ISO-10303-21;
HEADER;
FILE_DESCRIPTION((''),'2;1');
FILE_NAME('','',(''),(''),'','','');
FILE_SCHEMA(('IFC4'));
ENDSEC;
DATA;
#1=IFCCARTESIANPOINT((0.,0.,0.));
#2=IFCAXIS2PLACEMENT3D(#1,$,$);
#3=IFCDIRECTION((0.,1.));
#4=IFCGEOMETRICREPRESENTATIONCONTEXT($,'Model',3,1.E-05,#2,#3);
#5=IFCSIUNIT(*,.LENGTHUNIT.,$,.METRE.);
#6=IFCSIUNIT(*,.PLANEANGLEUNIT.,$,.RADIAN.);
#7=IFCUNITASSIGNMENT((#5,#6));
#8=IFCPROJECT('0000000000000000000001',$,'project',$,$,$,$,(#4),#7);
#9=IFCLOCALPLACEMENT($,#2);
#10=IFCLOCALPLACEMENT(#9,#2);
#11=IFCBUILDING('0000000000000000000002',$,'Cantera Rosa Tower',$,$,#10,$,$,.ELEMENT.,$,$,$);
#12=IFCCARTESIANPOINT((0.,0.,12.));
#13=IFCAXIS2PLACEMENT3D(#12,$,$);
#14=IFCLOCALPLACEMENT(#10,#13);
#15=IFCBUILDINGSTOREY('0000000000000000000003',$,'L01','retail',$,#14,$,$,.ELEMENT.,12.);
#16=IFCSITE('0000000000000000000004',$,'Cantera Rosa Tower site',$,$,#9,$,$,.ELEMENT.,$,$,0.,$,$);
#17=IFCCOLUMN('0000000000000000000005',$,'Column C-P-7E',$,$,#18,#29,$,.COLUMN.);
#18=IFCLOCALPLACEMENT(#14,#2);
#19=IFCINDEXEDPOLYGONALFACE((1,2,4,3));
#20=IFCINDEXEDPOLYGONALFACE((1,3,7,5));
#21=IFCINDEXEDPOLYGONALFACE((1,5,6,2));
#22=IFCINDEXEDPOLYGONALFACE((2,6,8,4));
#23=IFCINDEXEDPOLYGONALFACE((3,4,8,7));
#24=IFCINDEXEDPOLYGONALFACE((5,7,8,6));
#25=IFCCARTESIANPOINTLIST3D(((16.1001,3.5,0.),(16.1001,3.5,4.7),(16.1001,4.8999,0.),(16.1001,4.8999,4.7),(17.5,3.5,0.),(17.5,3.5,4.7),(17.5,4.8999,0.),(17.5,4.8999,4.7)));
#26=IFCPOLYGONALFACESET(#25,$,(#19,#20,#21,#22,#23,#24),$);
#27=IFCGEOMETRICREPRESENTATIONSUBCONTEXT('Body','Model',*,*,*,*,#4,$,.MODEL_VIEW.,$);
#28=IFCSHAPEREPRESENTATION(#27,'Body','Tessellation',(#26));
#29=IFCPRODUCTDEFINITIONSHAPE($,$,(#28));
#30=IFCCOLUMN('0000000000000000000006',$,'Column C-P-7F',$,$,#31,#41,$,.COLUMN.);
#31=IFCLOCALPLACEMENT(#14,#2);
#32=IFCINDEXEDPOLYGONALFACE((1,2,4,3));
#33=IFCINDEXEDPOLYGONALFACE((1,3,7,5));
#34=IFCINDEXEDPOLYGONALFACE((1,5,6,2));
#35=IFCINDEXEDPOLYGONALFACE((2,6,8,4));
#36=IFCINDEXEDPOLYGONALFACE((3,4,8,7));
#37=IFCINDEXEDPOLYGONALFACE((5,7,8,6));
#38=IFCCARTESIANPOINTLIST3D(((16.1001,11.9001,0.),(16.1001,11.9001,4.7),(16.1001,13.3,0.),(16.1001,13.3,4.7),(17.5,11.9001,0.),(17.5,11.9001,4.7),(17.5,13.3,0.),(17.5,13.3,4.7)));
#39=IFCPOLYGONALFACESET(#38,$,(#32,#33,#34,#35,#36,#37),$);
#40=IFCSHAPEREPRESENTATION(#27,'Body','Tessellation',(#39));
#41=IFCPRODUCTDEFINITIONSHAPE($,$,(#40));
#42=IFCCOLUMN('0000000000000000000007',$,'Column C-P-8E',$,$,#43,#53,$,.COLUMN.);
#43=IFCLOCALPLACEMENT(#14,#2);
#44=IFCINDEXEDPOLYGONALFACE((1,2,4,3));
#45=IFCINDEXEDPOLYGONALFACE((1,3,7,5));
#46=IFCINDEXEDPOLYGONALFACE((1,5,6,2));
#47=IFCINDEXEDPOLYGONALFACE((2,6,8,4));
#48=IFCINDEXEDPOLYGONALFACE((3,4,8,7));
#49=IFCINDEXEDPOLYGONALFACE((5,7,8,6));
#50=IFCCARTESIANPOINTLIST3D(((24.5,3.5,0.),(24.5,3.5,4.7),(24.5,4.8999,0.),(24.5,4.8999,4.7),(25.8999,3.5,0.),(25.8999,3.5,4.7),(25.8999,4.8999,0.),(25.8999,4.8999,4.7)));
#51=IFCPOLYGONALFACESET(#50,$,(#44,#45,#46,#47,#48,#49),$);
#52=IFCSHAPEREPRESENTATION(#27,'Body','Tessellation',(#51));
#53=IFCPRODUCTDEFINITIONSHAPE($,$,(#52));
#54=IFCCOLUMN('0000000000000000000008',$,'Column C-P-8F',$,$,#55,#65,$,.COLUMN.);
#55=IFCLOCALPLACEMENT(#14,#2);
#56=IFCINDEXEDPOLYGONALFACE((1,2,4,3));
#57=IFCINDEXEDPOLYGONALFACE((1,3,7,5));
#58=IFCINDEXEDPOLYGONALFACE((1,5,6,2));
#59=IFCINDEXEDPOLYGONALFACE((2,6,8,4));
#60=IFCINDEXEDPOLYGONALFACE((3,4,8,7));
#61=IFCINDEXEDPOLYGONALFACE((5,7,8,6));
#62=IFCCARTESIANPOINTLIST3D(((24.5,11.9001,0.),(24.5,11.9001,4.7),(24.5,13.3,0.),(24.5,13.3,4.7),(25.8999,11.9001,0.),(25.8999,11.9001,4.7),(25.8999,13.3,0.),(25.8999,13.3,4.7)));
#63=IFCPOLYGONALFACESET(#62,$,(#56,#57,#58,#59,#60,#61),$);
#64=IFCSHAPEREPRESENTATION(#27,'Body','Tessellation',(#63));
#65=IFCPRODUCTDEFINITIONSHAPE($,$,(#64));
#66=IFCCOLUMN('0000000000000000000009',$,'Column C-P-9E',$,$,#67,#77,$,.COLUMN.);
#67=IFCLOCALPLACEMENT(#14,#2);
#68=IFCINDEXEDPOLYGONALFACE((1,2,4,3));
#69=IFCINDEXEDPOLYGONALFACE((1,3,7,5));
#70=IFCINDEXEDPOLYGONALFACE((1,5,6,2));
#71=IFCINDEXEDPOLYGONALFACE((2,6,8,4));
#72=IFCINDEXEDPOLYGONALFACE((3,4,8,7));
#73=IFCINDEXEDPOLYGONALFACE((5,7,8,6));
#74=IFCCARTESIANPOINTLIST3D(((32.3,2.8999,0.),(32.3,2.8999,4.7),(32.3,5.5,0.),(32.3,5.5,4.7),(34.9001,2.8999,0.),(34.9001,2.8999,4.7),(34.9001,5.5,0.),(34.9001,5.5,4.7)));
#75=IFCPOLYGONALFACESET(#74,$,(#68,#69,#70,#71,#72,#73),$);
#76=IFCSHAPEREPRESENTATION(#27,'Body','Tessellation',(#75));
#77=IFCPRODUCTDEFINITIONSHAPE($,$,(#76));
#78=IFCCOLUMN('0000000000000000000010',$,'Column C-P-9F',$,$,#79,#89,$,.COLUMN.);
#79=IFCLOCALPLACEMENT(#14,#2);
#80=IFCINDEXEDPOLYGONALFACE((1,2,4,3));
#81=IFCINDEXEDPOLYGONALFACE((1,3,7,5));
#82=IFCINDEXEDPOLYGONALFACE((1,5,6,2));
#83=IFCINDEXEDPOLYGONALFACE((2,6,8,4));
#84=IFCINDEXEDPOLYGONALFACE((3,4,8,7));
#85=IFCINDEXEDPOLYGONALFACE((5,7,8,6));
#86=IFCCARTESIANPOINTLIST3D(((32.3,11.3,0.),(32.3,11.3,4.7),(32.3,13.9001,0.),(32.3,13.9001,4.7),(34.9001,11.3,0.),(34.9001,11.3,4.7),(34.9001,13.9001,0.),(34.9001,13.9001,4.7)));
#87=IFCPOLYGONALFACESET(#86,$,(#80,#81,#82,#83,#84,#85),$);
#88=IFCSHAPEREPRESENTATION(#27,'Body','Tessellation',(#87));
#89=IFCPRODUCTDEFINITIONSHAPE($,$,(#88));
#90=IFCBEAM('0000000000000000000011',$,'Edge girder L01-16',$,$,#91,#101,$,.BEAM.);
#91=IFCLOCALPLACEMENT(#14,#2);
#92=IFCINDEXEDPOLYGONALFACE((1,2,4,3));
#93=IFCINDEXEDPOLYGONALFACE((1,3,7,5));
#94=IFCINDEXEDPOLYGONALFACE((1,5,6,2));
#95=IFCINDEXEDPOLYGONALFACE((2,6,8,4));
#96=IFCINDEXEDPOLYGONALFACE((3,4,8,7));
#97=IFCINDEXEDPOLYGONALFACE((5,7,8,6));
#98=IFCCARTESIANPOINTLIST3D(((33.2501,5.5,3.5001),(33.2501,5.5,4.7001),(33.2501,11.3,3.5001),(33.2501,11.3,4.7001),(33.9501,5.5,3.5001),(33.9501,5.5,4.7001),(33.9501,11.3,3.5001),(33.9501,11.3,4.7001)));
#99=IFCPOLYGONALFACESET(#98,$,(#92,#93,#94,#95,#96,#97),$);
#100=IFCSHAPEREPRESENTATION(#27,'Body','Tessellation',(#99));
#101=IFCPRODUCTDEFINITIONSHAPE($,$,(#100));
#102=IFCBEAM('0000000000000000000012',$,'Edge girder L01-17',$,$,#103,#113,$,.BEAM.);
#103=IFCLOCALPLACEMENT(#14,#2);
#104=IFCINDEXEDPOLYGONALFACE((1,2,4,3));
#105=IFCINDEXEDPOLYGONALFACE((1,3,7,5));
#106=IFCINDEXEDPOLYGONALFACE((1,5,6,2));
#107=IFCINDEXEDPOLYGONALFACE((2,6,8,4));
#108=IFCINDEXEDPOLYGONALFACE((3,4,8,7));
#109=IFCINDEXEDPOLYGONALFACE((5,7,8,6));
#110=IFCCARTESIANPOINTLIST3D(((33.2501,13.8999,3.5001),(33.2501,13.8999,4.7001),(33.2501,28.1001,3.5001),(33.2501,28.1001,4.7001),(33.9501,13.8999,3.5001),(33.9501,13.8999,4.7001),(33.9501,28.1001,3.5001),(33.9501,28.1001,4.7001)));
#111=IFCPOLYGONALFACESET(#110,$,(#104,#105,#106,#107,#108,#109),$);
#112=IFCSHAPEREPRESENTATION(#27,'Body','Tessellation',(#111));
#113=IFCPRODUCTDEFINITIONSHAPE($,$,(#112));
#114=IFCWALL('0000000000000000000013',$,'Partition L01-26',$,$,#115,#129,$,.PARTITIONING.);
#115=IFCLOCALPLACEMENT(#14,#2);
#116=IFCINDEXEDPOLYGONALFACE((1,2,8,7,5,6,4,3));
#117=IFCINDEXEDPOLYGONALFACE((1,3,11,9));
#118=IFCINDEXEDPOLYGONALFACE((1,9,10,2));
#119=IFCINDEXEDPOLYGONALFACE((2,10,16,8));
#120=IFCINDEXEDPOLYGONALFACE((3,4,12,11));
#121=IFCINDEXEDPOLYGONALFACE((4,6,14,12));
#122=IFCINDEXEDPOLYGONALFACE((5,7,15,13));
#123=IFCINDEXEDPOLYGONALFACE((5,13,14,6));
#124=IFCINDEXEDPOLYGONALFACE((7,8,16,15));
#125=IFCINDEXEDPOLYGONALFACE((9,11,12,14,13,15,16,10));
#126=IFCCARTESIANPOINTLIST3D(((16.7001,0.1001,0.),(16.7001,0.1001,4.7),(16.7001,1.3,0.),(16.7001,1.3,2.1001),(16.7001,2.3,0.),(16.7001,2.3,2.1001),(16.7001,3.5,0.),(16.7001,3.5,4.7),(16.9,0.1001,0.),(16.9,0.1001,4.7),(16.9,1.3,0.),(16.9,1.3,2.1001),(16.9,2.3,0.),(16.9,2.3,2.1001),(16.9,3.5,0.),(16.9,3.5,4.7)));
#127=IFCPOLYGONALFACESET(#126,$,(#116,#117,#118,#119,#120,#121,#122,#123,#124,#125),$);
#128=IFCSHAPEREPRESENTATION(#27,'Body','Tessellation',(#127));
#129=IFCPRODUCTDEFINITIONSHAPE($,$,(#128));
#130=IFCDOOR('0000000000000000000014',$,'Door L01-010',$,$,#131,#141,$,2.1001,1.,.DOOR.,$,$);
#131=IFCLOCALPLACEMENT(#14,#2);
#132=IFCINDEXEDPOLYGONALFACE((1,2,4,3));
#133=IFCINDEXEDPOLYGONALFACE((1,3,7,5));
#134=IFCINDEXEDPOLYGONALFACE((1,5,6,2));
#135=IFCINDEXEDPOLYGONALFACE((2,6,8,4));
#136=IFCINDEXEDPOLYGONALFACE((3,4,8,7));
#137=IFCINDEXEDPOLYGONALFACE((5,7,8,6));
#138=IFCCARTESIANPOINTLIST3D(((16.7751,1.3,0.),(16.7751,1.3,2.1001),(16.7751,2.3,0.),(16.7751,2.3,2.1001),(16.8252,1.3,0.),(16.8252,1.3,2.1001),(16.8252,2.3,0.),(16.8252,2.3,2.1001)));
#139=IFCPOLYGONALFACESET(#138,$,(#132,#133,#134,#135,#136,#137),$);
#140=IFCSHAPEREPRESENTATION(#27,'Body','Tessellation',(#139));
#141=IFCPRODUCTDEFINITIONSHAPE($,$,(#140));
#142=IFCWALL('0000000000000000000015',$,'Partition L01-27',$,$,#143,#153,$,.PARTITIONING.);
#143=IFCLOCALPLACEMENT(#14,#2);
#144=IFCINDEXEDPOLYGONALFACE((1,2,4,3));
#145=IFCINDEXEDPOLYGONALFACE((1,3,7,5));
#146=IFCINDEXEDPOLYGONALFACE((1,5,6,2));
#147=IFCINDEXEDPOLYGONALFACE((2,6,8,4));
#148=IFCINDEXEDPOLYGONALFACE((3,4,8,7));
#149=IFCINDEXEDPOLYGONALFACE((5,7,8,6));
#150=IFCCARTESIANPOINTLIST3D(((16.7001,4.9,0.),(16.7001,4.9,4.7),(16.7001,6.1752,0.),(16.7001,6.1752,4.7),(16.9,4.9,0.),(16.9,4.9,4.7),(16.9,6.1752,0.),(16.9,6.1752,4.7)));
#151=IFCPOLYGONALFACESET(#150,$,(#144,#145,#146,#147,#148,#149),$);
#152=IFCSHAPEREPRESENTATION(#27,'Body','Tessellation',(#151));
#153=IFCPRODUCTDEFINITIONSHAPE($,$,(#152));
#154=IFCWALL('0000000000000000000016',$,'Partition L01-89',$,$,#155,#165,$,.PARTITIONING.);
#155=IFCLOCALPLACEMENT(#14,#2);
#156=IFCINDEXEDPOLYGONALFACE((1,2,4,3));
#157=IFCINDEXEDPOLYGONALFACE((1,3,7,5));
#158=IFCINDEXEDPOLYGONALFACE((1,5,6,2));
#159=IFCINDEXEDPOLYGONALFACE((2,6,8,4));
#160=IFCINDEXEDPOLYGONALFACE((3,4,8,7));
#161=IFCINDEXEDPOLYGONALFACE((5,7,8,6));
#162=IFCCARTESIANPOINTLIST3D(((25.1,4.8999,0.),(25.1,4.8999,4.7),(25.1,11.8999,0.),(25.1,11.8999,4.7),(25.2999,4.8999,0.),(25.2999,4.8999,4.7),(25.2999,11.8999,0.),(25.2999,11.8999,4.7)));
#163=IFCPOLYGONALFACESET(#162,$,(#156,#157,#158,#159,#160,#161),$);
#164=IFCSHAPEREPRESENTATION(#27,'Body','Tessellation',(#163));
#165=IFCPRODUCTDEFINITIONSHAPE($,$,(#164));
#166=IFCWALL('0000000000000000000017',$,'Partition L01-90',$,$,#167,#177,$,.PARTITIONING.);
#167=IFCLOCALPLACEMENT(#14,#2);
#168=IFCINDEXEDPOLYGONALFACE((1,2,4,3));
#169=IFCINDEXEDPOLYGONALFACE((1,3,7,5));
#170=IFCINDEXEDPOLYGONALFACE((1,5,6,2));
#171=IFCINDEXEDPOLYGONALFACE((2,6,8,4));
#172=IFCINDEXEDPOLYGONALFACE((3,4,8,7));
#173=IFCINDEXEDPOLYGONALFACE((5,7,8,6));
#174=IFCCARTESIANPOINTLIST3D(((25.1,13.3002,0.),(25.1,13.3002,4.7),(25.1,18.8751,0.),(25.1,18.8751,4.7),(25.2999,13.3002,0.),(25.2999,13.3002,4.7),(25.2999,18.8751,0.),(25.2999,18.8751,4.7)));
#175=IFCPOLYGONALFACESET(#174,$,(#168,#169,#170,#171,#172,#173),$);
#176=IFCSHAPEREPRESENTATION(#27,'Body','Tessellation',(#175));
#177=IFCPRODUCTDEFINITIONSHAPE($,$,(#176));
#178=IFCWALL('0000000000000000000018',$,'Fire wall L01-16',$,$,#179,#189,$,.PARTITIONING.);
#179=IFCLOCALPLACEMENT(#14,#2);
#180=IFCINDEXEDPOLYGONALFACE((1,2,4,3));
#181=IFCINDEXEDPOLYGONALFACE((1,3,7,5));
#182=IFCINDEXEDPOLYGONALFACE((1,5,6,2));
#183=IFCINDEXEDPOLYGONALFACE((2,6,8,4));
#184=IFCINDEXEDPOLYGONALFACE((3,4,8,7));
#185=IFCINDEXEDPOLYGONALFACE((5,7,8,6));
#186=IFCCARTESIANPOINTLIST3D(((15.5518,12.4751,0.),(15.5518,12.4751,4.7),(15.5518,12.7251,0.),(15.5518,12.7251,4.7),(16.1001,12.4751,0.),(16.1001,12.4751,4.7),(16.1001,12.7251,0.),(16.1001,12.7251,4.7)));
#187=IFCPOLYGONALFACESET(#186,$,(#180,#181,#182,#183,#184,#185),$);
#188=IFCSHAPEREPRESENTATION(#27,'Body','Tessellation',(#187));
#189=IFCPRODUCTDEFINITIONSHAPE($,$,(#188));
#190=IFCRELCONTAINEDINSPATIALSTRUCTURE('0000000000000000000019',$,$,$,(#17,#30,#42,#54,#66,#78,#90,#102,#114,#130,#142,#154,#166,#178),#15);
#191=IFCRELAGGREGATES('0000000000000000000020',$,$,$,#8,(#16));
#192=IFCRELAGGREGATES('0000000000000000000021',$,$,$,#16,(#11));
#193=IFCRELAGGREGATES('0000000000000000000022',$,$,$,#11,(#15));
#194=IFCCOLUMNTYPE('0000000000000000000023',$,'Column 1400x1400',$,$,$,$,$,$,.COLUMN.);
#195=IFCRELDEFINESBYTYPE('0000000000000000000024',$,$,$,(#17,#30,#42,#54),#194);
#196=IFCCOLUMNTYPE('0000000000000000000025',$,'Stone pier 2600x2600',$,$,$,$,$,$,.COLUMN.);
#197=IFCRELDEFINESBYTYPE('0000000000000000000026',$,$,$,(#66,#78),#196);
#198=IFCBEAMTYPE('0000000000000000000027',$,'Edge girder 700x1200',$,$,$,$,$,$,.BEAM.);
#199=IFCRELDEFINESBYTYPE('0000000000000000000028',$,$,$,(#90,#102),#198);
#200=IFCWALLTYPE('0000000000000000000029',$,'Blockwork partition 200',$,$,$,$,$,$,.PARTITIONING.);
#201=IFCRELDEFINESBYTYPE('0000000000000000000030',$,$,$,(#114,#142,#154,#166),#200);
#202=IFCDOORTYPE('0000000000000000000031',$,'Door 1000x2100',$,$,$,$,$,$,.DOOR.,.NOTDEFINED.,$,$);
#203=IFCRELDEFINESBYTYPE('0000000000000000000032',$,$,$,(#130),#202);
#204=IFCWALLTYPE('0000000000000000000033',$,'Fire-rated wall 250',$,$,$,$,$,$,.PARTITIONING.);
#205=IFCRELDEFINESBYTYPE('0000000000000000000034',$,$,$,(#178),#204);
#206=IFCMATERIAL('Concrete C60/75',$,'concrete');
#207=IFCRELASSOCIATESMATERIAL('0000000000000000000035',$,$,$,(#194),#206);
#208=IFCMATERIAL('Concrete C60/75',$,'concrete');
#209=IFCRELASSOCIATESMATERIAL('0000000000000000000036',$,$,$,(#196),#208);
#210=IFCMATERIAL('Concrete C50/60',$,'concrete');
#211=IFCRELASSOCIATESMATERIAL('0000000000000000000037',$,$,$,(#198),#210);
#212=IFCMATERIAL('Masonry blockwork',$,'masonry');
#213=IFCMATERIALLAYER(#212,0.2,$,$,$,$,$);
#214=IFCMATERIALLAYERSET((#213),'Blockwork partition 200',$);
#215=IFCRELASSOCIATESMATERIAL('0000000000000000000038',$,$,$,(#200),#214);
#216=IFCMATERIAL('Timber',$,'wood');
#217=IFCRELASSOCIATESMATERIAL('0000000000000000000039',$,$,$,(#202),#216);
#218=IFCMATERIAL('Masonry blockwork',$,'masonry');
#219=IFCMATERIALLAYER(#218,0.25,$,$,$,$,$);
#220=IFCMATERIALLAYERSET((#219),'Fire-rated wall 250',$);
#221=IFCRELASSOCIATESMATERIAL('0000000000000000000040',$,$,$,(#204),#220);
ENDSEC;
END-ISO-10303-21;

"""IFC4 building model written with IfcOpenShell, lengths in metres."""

from ifc_helpers import new_model, si_unit, direction, frame, frame_2d, origin, origin_2d, place, context, subcontext, project, spatial, rectangle, extrude, material, layer, layer_set, material_profile, profile_set, type_object, element, fill, save


model = new_model("IFC4")

# Units and contexts
model_context = context("Model", 3, precision=1e-05, world=origin(), true_north=direction((0.0, 1.0)))
body_context = subcontext(model_context, "Body", "Model", "MODEL_VIEW")
ifc_project = project(units=[si_unit("LENGTHUNIT", "METRE"), si_unit("PLANEANGLEUNIT", "RADIAN")], contexts=[model_context])

# Site, building, storey
site_placement = place(None, origin())
site = spatial("IfcSite", under=ifc_project, at=site_placement, Name="Cantera Rosa Tower site", CompositionType="ELEMENT", RefElevation=0.0)
building_placement = place(site_placement, origin())
building = spatial("IfcBuilding", under=site, at=building_placement, Name="Cantera Rosa Tower", CompositionType="ELEMENT")
storey_placement = place(building_placement, frame((0.0, 0.0, 12.0)))
storey = spatial("IfcBuildingStorey", under=building, at=storey_placement, Name="L01", Description="retail", CompositionType="ELEMENT", Elevation=12.0)

# Columns
ifc_material_1 = material(Name="Concrete C60/75", Category="concrete")
ifc_material_profile_1 = material_profile(ifc_material_1, rectangle(XDim=1.3999, YDim=1.3999, at=origin_2d()), Name="Column 1400x1400")
ifc_profile_set_1 = profile_set([ifc_material_profile_1], Name="Concrete C60/75")
column_type_1 = type_object("IfcColumnType", Name="Column 1400x1400", PredefinedType="COLUMN", material=ifc_profile_set_1)
for number, where, z_axis, x_axis, name in (
    (1, (16.8, 4.2, 0.0), (0.0, 0.0, 1.0), (1.0, 0.0, 0.0), "Column C-P-7E"),
    (2, (16.8, 12.6001, 0.0), (0.0, 0.0, 1.0), (1.0, 0.0, 0.0), "Column C-P-7F"),
    (3, (25.2, 4.2, 0.0), (0.0, 0.0, 1.0), (1.0, 0.0, 0.0), "Column C-P-8E"),
    (4, (25.2, 12.6001, 0.0), (0.0, 0.0, 1.0), (1.0, 0.0, 0.0), "Column C-P-8F"),
):
    element("IfcColumn", number, at=place(storey_placement, frame(where, z_axis=z_axis, x_axis=x_axis)), inside=storey, type_object=column_type_1, Name=name, PredefinedType="COLUMN", context=body_context, shape_type="SweptSolid", body=[
        extrude(rectangle(XDim=1.3999, YDim=1.3999, at=origin_2d()), origin(), (0.0, 0.0, 1.0), 4.7),
    ])
ifc_material_2 = material(Name="Concrete C60/75", Category="concrete")
ifc_material_profile_2 = material_profile(ifc_material_2, rectangle(XDim=2.6001, YDim=2.6001, at=origin_2d()), Name="Stone pier 2600x2600")
ifc_profile_set_2 = profile_set([ifc_material_profile_2], Name="Concrete C60/75")
column_type_2 = type_object("IfcColumnType", Name="Stone pier 2600x2600", PredefinedType="COLUMN", material=ifc_profile_set_2)
for number, where, z_axis, x_axis, name in (
    (5, (33.6001, 4.2, 0.0), (0.0, 0.0, 1.0), (1.0, 0.0, 0.0), "Column C-P-9E"),
    (6, (33.6001, 12.6001, 0.0), (0.0, 0.0, 1.0), (1.0, 0.0, 0.0), "Column C-P-9F"),
):
    element("IfcColumn", number, at=place(storey_placement, frame(where, z_axis=z_axis, x_axis=x_axis)), inside=storey, type_object=column_type_2, Name=name, PredefinedType="COLUMN", context=body_context, shape_type="SweptSolid", body=[
        extrude(rectangle(XDim=2.6001, YDim=2.6001, at=origin_2d()), origin(), (0.0, 0.0, 1.0), 4.7),
    ])

# Beams
ifc_material_3 = material(Name="Concrete C50/60", Category="concrete")
ifc_material_profile_3 = material_profile(ifc_material_3, rectangle(XDim=0.7, YDim=1.2, at=origin_2d()), Name="Edge girder 700x1200")
ifc_profile_set_3 = profile_set([ifc_material_profile_3], Name="Concrete C50/60")
beam_type = type_object("IfcBeamType", Name="Edge girder 700x1200", PredefinedType="BEAM", material=ifc_profile_set_3)
beam_1_placement = place(storey_placement, frame((33.6001, 5.5, 4.1001), z_axis=(0.0, 1.0, 0.0), x_axis=(-1.0, 0.0, 0.0)))
element("IfcBeam", 7, at=beam_1_placement, inside=storey, type_object=beam_type, Name="Edge girder L01-16", PredefinedType="BEAM", context=body_context, shape_type="SweptSolid", body=[
    extrude(rectangle(XDim=0.7, YDim=1.2, at=origin_2d()), origin(), (0.0, 0.0, 1.0), 5.8),
])
beam_2_placement = place(storey_placement, frame((33.6001, 13.8999, 4.1001), z_axis=(0.0, 1.0, 0.0), x_axis=(-1.0, 0.0, 0.0)))
element("IfcBeam", 8, at=beam_2_placement, inside=storey, type_object=beam_type, Name="Edge girder L01-17", PredefinedType="BEAM", context=body_context, shape_type="SweptSolid", body=[
    extrude(rectangle(XDim=0.7, YDim=1.2, at=origin_2d()), origin(), (0.0, 0.0, 1.0), 14.2002),
])

# Wall, opening, door
ifc_material_4 = material(Name="Masonry blockwork", Category="masonry")
ifc_layer_1 = layer(ifc_material_4, 0.2)
ifc_layer_set_1 = layer_set([ifc_layer_1], Name="Blockwork partition 200")
wall_type_1 = type_object("IfcWallType", Name="Blockwork partition 200", PredefinedType="PARTITIONING", material=ifc_layer_set_1)
wall_1_placement = place(storey_placement, frame((16.8, 0.1001, 0.0), z_axis=(0.0, 0.0, 1.0), x_axis=(0.0, 1.0, 0.0)))
wall_1 = element("IfcWall", 9, at=wall_1_placement, inside=storey, type_object=wall_type_1, Name="Partition L01-26", PredefinedType="PARTITIONING", context=body_context, shape_type="SweptSolid", body=[
    extrude(rectangle(XDim=3.3999, YDim=0.2, at=frame_2d((1.7, 0.0))), origin(), (0.0, 0.0, 1.0), 4.7),
])
opening_1_placement = place(wall_1_placement, frame((1.2, 0.0, 0.0)))
opening_1 = element("IfcOpeningElement", 10, at=opening_1_placement, cuts=wall_1, PredefinedType="OPENING", context=body_context, shape_type="SweptSolid", body=[
    extrude(rectangle(XDim=1.0, YDim=2.1001, at=frame_2d((0.5, 1.05))), frame((0.0, 0.1099, 0.0), z_axis=(0.0, -1.0, 0.0), x_axis=(1.0, 0.0, 0.0)), (0.0, 0.0, 1.0), 0.22),
])
ifc_material_5 = material(Name="Timber", Category="wood")
door_type_1 = type_object("IfcDoorType", Name="Door 1000x2100", OperationType="NOTDEFINED", PredefinedType="DOOR", material=ifc_material_5)
door_1_placement = place(opening_1_placement, origin())
door_1 = element("IfcDoor", 11, at=door_1_placement, inside=storey, type_object=door_type_1, Name="Door L01-010", OverallHeight=2.1001, OverallWidth=1.0, PredefinedType="DOOR", context=body_context, shape_type="SweptSolid", body=[
    extrude(rectangle(XDim=1.0, YDim=2.1001, at=frame_2d((0.5, 1.05))), frame((0.0, 0.0249, 0.0), z_axis=(0.0, -1.0, 0.0), x_axis=(1.0, 0.0, 0.0)), (0.0, 0.0, 1.0), 0.05),
])
fill(opening_1, door_1)

# Walls
wall_2_placement = place(storey_placement, frame((16.8, 4.8999, 0.0), z_axis=(0.0, 0.0, 1.0), x_axis=(0.0, 1.0, 0.0)))
element("IfcWall", 12, at=wall_2_placement, inside=storey, type_object=wall_type_1, Name="Partition L01-27", PredefinedType="PARTITIONING", context=body_context, shape_type="SweptSolid", body=[
    extrude(rectangle(XDim=1.2751, YDim=0.2, at=frame_2d((0.6377, 0.0))), origin(), (0.0, 0.0, 1.0), 4.7),
])
wall_3_placement = place(storey_placement, frame((25.2, 4.8999, 0.0), z_axis=(0.0, 0.0, 1.0), x_axis=(0.0, 1.0, 0.0)))
element("IfcWall", 13, at=wall_3_placement, inside=storey, type_object=wall_type_1, Name="Partition L01-89", PredefinedType="PARTITIONING", context=body_context, shape_type="SweptSolid", body=[
    extrude(rectangle(XDim=7.0, YDim=0.2, at=frame_2d((3.5, 0.0))), origin(), (0.0, 0.0, 1.0), 4.7),
])
wall_4_placement = place(storey_placement, frame((25.2, 13.3, 0.0), z_axis=(0.0, 0.0, 1.0), x_axis=(0.0, 1.0, 0.0)))
element("IfcWall", 14, at=wall_4_placement, inside=storey, type_object=wall_type_1, Name="Partition L01-90", PredefinedType="PARTITIONING", context=body_context, shape_type="SweptSolid", body=[
    extrude(rectangle(XDim=5.575, YDim=0.2, at=frame_2d((2.7876, 0.0))), origin(), (0.0, 0.0, 1.0), 4.7),
])
ifc_material_6 = material(Name="Masonry blockwork", Category="masonry")
ifc_layer_2 = layer(ifc_material_6, 0.25)
ifc_layer_set_2 = layer_set([ifc_layer_2], Name="Fire-rated wall 250")
wall_type_2 = type_object("IfcWallType", Name="Fire-rated wall 250", PredefinedType="PARTITIONING", material=ifc_layer_set_2)
wall_5_placement = place(storey_placement, frame((15.5518, 12.6001, 0.0), z_axis=(0.0, 0.0, 1.0), x_axis=(1.0, 0.0, 0.0)))
element("IfcWall", 15, at=wall_5_placement, inside=storey, type_object=wall_type_2, Name="Fire wall L01-16", PredefinedType="PARTITIONING", context=body_context, shape_type="SweptSolid", body=[
    extrude(rectangle(XDim=0.5483, YDim=0.25, at=frame_2d((0.2742, 0.0))), origin(), (0.0, 0.0, 1.0), 4.7),
])

save(model, "model.ifc")
